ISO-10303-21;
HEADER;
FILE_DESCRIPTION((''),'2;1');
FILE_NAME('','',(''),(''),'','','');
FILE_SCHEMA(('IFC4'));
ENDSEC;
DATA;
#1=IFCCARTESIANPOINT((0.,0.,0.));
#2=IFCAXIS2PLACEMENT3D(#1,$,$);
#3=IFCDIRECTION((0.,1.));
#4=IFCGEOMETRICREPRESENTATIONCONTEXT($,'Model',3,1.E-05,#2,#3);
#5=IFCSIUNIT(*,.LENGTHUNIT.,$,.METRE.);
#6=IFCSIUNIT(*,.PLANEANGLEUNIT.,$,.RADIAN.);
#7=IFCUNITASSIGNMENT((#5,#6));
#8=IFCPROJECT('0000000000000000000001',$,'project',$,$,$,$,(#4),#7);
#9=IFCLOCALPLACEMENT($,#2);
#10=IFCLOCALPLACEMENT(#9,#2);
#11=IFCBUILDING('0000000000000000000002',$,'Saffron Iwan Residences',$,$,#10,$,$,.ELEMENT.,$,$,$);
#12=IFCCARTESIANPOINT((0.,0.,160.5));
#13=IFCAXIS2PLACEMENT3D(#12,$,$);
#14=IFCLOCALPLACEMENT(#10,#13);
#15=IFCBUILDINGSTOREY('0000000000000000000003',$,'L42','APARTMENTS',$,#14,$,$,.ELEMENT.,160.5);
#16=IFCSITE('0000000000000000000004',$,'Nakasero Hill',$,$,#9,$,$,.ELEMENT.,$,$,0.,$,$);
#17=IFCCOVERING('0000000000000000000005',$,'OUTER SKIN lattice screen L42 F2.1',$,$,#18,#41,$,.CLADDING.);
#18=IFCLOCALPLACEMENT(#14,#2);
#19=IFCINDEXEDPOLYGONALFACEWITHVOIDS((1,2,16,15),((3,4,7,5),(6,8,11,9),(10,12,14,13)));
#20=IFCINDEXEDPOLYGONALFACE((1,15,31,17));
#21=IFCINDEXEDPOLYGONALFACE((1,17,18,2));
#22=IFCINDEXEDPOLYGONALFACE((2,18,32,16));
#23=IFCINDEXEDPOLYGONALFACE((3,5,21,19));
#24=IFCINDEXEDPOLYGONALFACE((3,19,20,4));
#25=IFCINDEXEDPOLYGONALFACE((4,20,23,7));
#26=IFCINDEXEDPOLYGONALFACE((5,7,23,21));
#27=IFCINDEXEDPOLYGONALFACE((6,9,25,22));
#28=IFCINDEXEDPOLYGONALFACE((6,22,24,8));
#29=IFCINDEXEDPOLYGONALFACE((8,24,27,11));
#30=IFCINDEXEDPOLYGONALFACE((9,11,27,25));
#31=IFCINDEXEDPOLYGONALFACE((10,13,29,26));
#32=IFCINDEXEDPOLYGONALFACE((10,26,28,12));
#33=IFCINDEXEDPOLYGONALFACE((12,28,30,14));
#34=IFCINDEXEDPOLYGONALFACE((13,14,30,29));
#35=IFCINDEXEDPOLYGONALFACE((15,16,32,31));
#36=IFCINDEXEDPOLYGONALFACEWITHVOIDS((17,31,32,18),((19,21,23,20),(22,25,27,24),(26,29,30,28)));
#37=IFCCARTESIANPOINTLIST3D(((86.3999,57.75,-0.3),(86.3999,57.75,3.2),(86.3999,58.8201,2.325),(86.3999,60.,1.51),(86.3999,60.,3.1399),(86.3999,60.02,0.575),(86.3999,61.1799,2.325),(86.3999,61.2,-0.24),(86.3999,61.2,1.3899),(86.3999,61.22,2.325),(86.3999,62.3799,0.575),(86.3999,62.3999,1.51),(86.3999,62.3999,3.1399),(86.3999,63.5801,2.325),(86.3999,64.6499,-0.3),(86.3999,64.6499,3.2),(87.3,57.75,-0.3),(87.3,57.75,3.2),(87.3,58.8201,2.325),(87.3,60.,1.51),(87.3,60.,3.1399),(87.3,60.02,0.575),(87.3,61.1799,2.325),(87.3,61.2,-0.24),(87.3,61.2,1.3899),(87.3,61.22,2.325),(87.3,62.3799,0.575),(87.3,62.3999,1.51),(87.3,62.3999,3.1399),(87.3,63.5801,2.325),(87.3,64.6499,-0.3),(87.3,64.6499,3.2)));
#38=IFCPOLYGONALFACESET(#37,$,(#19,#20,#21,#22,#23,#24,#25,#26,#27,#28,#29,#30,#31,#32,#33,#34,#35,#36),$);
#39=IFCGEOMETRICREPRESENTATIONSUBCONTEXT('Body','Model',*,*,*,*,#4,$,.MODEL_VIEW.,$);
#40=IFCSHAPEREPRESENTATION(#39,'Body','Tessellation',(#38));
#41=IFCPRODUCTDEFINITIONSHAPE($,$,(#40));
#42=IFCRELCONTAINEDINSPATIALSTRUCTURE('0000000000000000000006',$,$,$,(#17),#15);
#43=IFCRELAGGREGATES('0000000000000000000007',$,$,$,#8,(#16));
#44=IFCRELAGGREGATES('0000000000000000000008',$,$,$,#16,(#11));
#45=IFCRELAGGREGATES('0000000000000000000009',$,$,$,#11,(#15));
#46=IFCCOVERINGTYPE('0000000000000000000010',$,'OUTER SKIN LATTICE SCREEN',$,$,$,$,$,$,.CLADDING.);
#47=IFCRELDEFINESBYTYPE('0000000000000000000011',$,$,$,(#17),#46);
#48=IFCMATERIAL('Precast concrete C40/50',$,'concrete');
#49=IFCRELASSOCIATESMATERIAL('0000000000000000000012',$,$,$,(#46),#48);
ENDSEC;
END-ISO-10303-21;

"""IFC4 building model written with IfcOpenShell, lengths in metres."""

from ifc_helpers import new_model, si_unit, direction, frame, origin, place, context, subcontext, project, spatial, polyline, outline, extrude, material, type_object, element, save


model = new_model("IFC4")

# Units and contexts
model_context = context("Model", 3, precision=1e-05, world=origin(), true_north=direction((0.0, 1.0)))
body_context = subcontext(model_context, "Body", "Model", "MODEL_VIEW")
ifc_project = project(units=[si_unit("LENGTHUNIT", "METRE"), si_unit("PLANEANGLEUNIT", "RADIAN")], contexts=[model_context])

# Site, building, storey
site_placement = place(None, origin())
site = spatial("IfcSite", under=ifc_project, at=site_placement, Name="Nakasero Hill", CompositionType="ELEMENT", RefElevation=0.0)
building_placement = place(site_placement, origin())
building = spatial("IfcBuilding", under=site, at=building_placement, Name="Saffron Iwan Residences", CompositionType="ELEMENT")
storey_placement = place(building_placement, frame((0.0, 0.0, 160.5)))
storey = spatial("IfcBuildingStorey", under=building, at=storey_placement, Name="L42", Description="APARTMENTS", CompositionType="ELEMENT", Elevation=160.5)

# Covering
ifc_material_1 = material(Name="Precast concrete C40/50", Category="concrete")
covering_type = type_object("IfcCoveringType", Name="OUTER SKIN LATTICE SCREEN", PredefinedType="CLADDING", material=ifc_material_1)
covering_placement = place(storey_placement, frame((86.3999, 57.75, -0.3), z_axis=(1.0, 0.0, 0.0), x_axis=(0.0, 1.0, 0.0)))
element("IfcCovering", 1, at=covering_placement, inside=storey, type_object=covering_type, Name="OUTER SKIN lattice screen L42 F2.1", PredefinedType="CLADDING", context=body_context, shape_type="SweptSolid", body=[
    extrude(outline(polyline([(0.0, 0.0), (6.8999, 0.0), (6.8999, 3.5), (0.0, 3.5), (0.0, 0.0)]), holes=[polyline([(2.27, 0.875), (3.45, 0.0601), (4.6299, 0.875), (3.45, 1.6899), (2.27, 0.875)]), polyline([(1.0701, 2.625), (2.25, 1.8101), (3.4299, 2.625), (2.25, 3.4399), (1.0701, 2.625)]), polyline([(3.47, 2.625), (4.6499, 1.8101), (5.8301, 2.625), (4.6499, 3.4399), (3.47, 2.625)])]), origin(), (0.0, 0.0, 1.0), 0.9001),
])

save(model, "model.ifc")
